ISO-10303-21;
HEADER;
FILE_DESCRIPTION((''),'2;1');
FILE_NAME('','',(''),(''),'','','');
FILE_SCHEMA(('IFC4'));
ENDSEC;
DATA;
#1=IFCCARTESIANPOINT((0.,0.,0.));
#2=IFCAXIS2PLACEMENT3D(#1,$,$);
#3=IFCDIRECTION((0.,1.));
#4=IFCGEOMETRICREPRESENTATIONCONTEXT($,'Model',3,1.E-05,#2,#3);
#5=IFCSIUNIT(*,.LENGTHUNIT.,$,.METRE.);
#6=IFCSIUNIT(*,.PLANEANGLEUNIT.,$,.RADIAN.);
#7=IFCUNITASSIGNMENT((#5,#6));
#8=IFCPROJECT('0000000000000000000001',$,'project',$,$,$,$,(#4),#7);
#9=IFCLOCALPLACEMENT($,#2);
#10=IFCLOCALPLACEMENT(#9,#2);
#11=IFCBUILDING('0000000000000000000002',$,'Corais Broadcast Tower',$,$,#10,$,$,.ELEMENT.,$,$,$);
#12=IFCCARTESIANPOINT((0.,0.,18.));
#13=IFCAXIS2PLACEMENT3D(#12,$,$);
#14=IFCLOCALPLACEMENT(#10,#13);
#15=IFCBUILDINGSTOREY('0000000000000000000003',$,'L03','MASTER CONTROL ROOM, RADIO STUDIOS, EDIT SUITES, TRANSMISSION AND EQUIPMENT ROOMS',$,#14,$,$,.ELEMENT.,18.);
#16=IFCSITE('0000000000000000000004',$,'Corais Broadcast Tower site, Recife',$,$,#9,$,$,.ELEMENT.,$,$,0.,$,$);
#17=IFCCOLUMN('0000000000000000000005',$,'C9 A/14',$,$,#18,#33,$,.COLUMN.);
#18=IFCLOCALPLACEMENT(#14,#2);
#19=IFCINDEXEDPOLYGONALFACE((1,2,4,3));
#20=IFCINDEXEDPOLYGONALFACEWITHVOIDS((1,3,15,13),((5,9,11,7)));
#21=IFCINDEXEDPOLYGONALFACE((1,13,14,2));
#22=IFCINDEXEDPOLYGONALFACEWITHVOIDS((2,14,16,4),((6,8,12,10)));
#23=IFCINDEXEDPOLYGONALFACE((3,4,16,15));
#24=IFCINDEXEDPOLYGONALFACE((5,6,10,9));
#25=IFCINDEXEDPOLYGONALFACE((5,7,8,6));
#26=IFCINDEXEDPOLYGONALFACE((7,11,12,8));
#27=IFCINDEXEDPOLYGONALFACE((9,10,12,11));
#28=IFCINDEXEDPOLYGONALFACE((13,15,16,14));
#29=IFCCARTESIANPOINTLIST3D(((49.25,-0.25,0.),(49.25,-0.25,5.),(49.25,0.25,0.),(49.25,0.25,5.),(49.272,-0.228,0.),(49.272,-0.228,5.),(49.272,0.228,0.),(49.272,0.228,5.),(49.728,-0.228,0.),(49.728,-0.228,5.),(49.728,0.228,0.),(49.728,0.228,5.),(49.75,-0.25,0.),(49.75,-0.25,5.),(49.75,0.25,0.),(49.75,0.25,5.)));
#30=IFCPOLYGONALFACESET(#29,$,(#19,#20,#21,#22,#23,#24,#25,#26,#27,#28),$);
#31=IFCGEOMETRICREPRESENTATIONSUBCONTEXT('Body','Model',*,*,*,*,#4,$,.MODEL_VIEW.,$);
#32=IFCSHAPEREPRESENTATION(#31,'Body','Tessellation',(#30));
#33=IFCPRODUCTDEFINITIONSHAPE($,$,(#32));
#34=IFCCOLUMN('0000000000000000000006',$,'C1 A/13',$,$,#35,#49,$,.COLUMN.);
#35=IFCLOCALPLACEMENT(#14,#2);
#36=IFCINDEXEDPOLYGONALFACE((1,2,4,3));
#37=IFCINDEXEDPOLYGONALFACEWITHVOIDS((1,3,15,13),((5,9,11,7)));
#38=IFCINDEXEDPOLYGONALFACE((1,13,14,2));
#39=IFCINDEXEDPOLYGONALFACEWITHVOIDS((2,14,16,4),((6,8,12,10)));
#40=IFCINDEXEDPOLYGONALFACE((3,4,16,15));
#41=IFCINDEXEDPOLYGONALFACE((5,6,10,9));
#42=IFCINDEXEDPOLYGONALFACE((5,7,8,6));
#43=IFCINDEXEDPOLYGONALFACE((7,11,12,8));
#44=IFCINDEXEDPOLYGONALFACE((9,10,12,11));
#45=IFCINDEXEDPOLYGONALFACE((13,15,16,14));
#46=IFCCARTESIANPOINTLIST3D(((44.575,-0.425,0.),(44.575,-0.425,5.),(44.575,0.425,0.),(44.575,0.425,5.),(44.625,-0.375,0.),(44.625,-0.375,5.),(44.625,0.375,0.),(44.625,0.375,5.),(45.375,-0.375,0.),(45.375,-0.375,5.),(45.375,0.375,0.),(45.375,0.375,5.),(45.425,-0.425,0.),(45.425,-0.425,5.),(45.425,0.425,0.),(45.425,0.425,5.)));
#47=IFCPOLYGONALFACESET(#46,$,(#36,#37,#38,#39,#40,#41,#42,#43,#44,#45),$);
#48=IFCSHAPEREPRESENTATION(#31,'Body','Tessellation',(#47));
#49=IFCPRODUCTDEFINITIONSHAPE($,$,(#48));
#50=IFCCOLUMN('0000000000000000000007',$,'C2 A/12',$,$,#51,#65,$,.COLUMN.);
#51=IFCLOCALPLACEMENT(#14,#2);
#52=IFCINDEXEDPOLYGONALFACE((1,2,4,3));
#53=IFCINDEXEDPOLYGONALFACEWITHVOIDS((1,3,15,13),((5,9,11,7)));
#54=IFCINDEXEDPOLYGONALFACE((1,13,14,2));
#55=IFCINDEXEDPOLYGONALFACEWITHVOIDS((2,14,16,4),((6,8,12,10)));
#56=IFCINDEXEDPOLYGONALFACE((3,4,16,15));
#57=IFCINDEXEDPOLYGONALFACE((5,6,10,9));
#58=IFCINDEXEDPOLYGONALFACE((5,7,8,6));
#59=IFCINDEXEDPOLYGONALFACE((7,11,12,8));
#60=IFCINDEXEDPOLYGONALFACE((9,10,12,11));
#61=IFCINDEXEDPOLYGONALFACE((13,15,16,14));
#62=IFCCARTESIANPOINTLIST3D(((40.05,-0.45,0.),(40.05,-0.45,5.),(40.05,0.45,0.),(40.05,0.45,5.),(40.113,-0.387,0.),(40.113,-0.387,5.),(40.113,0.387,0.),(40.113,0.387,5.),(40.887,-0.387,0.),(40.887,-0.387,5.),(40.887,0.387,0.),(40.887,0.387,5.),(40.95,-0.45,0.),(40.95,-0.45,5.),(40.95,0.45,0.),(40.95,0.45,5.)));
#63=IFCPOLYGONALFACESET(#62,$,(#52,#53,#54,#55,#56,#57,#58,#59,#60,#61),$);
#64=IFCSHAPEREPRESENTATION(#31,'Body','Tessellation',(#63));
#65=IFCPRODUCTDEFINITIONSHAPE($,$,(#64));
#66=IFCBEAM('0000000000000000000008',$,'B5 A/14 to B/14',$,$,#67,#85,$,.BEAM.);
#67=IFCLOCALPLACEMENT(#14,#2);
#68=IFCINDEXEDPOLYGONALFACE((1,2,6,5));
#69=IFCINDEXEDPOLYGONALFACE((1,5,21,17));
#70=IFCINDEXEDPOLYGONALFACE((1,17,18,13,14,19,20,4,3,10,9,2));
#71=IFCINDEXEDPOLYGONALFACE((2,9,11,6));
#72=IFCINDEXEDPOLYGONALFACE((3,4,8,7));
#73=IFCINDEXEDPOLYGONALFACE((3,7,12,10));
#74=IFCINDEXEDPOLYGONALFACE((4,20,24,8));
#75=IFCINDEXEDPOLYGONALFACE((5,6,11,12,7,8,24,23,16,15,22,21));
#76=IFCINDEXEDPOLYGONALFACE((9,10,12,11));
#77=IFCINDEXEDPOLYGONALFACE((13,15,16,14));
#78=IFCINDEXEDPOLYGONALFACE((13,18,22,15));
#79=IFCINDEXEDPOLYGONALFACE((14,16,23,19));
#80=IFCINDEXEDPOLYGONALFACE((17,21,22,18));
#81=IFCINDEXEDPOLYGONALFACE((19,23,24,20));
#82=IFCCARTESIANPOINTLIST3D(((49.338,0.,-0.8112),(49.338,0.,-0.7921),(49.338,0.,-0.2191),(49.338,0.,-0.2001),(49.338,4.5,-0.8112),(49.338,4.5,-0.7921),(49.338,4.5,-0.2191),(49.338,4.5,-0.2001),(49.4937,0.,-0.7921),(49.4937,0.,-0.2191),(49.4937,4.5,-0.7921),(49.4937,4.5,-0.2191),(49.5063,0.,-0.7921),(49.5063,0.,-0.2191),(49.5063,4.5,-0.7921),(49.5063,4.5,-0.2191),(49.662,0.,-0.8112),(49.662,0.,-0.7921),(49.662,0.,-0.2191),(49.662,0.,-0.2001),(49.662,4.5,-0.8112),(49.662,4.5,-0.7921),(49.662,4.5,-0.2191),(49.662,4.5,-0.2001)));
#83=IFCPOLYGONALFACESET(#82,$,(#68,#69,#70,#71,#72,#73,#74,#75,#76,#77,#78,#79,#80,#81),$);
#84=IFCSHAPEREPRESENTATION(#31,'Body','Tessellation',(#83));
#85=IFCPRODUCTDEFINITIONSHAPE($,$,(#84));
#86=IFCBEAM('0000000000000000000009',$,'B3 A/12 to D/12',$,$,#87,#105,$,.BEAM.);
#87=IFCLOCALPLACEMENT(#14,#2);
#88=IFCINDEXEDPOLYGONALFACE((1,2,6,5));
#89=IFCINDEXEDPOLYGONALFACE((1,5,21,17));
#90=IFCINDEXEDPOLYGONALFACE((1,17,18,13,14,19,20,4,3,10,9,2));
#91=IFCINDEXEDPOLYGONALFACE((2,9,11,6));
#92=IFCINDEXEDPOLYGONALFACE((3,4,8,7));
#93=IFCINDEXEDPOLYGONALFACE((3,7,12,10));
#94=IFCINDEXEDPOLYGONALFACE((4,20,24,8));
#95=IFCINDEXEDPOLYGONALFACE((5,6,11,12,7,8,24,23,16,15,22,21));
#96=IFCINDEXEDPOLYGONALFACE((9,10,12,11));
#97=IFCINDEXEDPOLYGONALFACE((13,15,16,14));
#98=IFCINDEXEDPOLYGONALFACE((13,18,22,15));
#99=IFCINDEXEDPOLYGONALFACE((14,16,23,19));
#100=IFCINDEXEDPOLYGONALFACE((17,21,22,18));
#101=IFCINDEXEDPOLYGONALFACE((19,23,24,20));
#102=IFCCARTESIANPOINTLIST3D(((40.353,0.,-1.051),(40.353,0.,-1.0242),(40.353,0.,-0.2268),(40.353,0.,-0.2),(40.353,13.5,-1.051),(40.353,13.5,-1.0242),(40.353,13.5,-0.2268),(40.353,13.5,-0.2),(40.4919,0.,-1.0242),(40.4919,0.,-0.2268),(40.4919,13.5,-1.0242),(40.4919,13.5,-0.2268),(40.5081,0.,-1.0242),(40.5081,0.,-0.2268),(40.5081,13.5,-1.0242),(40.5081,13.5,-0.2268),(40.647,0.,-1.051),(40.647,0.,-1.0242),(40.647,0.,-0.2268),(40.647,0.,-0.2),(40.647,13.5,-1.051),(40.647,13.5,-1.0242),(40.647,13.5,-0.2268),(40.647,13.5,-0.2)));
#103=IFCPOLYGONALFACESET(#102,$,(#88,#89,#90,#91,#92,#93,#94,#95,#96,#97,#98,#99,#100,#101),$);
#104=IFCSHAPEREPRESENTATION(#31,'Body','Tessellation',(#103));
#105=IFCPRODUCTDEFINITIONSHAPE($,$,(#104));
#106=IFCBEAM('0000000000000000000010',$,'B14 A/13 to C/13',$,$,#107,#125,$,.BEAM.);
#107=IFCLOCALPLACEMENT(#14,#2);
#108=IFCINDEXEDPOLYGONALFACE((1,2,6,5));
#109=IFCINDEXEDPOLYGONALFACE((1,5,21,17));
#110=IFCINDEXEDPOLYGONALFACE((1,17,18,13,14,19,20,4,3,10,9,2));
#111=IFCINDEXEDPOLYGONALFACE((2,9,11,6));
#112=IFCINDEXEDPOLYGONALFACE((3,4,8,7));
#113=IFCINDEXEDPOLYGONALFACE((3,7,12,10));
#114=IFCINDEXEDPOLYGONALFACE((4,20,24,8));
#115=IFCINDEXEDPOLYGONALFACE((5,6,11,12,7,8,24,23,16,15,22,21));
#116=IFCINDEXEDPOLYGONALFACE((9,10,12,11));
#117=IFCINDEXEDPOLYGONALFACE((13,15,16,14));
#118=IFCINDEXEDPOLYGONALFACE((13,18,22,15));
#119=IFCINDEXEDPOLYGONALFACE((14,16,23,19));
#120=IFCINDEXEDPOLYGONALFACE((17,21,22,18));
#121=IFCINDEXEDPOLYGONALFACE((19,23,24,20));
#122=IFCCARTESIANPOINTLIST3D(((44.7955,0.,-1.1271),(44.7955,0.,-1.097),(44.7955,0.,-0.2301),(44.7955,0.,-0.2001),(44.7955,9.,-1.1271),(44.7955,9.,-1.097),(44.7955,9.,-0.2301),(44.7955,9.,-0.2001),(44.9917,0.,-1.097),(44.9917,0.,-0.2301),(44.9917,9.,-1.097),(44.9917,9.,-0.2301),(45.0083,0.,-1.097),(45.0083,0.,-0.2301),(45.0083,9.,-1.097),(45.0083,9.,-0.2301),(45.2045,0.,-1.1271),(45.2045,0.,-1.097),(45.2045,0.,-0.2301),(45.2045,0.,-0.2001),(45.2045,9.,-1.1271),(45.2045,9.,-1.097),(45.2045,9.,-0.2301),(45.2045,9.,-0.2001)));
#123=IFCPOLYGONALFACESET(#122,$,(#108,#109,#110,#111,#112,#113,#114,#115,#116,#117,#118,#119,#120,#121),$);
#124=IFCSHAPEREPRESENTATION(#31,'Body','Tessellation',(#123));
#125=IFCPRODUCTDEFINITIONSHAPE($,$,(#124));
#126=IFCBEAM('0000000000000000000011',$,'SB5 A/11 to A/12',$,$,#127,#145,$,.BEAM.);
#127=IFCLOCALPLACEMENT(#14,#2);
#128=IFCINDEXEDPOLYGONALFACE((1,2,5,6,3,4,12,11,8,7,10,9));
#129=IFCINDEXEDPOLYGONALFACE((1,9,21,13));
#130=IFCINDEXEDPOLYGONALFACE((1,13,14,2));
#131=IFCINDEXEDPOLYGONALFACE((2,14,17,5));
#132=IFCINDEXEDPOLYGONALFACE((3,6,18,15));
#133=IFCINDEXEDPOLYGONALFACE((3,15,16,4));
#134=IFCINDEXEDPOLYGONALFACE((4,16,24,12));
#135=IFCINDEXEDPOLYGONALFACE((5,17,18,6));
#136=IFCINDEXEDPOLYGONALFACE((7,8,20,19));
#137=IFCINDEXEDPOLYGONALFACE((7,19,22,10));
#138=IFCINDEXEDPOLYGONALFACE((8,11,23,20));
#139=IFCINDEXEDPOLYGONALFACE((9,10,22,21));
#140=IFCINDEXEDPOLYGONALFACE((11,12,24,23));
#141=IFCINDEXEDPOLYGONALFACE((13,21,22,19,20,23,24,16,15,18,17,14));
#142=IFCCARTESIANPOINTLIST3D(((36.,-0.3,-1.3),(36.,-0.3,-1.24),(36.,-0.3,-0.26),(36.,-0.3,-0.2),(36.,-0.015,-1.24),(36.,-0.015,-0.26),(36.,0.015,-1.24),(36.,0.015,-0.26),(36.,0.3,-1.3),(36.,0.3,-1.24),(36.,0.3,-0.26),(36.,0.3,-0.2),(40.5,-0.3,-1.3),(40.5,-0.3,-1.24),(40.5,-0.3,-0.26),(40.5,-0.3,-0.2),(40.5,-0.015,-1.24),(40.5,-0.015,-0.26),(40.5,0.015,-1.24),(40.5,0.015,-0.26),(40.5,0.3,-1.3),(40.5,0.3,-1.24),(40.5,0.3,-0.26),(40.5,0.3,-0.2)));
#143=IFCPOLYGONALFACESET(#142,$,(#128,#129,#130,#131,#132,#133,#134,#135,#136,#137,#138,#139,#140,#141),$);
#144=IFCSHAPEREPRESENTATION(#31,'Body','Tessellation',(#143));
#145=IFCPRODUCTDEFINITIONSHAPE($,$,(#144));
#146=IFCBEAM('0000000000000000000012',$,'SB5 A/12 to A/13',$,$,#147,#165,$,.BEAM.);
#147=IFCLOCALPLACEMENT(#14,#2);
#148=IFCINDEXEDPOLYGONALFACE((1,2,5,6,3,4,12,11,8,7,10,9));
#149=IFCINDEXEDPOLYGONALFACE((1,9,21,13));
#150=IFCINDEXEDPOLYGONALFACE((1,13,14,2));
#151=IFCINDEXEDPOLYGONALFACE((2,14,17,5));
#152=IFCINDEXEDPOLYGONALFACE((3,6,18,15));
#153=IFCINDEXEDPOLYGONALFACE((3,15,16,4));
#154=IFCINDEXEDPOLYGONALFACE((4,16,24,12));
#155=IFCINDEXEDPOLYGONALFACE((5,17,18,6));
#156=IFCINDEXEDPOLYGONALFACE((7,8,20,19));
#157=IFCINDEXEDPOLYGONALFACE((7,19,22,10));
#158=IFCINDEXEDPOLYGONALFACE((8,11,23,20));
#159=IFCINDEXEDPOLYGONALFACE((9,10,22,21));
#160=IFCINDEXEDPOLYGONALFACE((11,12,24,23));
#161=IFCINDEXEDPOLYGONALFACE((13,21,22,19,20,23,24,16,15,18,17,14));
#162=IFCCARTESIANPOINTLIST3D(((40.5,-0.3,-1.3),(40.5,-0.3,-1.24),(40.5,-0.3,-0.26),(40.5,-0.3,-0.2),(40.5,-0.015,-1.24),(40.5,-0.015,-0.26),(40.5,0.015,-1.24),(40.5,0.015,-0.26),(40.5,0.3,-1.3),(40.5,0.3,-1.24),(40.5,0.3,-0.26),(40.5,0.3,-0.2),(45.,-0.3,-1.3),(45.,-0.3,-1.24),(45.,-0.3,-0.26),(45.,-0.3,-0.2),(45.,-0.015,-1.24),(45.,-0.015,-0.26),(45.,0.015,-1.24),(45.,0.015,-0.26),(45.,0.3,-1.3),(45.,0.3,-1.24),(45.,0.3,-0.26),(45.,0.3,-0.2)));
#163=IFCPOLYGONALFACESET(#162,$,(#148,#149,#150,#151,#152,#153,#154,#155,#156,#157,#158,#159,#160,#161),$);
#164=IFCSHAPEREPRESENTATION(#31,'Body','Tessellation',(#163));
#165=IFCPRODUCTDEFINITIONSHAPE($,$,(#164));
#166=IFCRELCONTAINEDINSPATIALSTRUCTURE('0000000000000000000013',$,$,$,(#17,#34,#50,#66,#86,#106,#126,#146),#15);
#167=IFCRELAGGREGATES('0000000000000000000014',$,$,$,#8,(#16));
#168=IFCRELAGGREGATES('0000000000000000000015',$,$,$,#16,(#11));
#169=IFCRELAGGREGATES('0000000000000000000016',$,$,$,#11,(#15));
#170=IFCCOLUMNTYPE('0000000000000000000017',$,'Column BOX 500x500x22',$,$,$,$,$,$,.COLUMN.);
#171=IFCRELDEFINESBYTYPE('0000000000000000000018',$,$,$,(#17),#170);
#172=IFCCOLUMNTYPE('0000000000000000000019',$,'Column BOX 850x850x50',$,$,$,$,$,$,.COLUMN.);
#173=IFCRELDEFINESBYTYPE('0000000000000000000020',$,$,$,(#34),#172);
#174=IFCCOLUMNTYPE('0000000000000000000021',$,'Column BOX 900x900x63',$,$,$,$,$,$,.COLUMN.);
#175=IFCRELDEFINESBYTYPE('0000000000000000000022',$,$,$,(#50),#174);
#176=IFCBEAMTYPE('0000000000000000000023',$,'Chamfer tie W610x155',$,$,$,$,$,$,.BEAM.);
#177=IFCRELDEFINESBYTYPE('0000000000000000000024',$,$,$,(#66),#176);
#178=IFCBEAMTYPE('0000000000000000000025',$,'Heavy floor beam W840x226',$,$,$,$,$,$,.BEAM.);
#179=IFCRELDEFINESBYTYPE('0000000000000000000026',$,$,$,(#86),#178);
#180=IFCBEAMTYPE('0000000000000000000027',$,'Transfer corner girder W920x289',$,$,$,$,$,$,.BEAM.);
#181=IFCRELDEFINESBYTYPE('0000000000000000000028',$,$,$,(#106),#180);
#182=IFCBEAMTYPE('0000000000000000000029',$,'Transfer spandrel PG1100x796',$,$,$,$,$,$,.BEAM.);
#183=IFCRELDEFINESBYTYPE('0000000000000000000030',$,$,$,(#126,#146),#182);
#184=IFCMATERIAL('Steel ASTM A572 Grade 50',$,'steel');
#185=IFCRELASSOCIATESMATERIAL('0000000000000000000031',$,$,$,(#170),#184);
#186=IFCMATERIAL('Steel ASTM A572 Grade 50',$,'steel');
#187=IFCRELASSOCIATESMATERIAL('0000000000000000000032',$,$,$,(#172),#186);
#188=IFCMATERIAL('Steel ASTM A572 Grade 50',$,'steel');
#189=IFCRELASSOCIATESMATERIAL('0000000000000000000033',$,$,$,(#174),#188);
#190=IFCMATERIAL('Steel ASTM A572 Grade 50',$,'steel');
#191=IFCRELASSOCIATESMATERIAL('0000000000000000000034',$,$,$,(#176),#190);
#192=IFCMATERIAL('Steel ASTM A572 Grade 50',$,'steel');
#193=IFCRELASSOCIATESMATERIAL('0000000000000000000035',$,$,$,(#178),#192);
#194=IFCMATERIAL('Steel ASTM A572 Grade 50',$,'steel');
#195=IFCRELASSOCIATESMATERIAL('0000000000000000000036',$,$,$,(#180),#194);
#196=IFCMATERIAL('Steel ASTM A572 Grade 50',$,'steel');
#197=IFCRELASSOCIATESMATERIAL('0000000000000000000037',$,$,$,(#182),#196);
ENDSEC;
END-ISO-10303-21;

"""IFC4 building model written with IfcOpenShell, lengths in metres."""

from ifc_helpers import new_model, si_unit, direction, frame, origin, origin_2d, place, context, subcontext, project, spatial, hollow_rectangle, i_section, extrude, material, material_profile, profile_set, type_object, element, save


model = new_model("IFC4")

# Units and contexts
model_context = context("Model", 3, precision=1e-05, world=origin(), true_north=direction((0.0, 1.0)))
body_context = subcontext(model_context, "Body", "Model", "MODEL_VIEW")
ifc_project = project(units=[si_unit("LENGTHUNIT", "METRE"), si_unit("PLANEANGLEUNIT", "RADIAN")], contexts=[model_context])

# Site, building, storey
site_placement = place(None, origin())
site = spatial("IfcSite", under=ifc_project, at=site_placement, Name="Corais Broadcast Tower site, Recife", CompositionType="ELEMENT", RefElevation=0.0)
building_placement = place(site_placement, origin())
building = spatial("IfcBuilding", under=site, at=building_placement, Name="Corais Broadcast Tower", CompositionType="ELEMENT")
storey_placement = place(building_placement, frame((0.0, 0.0, 18.0)))
storey = spatial("IfcBuildingStorey", under=building, at=storey_placement, Name="L03", Description="MASTER CONTROL ROOM, RADIO STUDIOS, EDIT SUITES, TRANSMISSION AND EQUIPMENT ROOMS", CompositionType="ELEMENT", Elevation=18.0)

# Columns
ifc_material_1 = material(Name="Steel ASTM A572 Grade 50", Category="steel")
ifc_material_profile_1 = material_profile(ifc_material_1, hollow_rectangle(XDim=0.5, YDim=0.5, WallThickness=0.022, at=origin_2d()), Name="BOX 500x500x22")
ifc_profile_set_1 = profile_set([ifc_material_profile_1], Name="Steel ASTM A572 Grade 50")
column_type_1 = type_object("IfcColumnType", Name="Column BOX 500x500x22", PredefinedType="COLUMN", material=ifc_profile_set_1)
column_1_placement = place(storey_placement, frame((49.5, 0.0, 0.0), z_axis=(0.0, 0.0, 1.0), x_axis=(1.0, 0.0, 0.0)))
element("IfcColumn", 1, at=column_1_placement, inside=storey, type_object=column_type_1, Name="C9 A/14", PredefinedType="COLUMN", context=body_context, shape_type="SweptSolid", body=[
    extrude(hollow_rectangle(XDim=0.5, YDim=0.5, WallThickness=0.022, at=origin_2d()), origin(), (0.0, 0.0, 1.0), 5.0),
])
ifc_material_2 = material(Name="Steel ASTM A572 Grade 50", Category="steel")
ifc_material_profile_2 = material_profile(ifc_material_2, hollow_rectangle(XDim=0.8501, YDim=0.8501, WallThickness=0.05, at=origin_2d()), Name="BOX 850x850x50")
ifc_profile_set_2 = profile_set([ifc_material_profile_2], Name="Steel ASTM A572 Grade 50")
column_type_2 = type_object("IfcColumnType", Name="Column BOX 850x850x50", PredefinedType="COLUMN", material=ifc_profile_set_2)
column_2_placement = place(storey_placement, frame((45.0, 0.0, 0.0), z_axis=(0.0, 0.0, 1.0), x_axis=(1.0, 0.0, 0.0)))
element("IfcColumn", 2, at=column_2_placement, inside=storey, type_object=column_type_2, Name="C1 A/13", PredefinedType="COLUMN", context=body_context, shape_type="SweptSolid", body=[
    extrude(hollow_rectangle(XDim=0.8501, YDim=0.8501, WallThickness=0.05, at=origin_2d()), origin(), (0.0, 0.0, 1.0), 5.0),
])
ifc_material_3 = material(Name="Steel ASTM A572 Grade 50", Category="steel")
ifc_material_profile_3 = material_profile(ifc_material_3, hollow_rectangle(XDim=0.8999, YDim=0.8999, WallThickness=0.063, at=origin_2d()), Name="BOX 900x900x63")
ifc_profile_set_3 = profile_set([ifc_material_profile_3], Name="Steel ASTM A572 Grade 50")
column_type_3 = type_object("IfcColumnType", Name="Column BOX 900x900x63", PredefinedType="COLUMN", material=ifc_profile_set_3)
column_3_placement = place(storey_placement, frame((40.5, 0.0, 0.0), z_axis=(0.0, 0.0, 1.0), x_axis=(1.0, 0.0, 0.0)))
element("IfcColumn", 3, at=column_3_placement, inside=storey, type_object=column_type_3, Name="C2 A/12", PredefinedType="COLUMN", context=body_context, shape_type="SweptSolid", body=[
    extrude(hollow_rectangle(XDim=0.8999, YDim=0.8999, WallThickness=0.063, at=origin_2d()), origin(), (0.0, 0.0, 1.0), 5.0),
])

# Beams
ifc_material_4 = material(Name="Steel ASTM A572 Grade 50", Category="steel")
ifc_material_profile_4 = material_profile(ifc_material_4, i_section(OverallWidth=0.324, OverallDepth=0.6111, WebThickness=0.0127, FlangeThickness=0.019, at=origin_2d()), Name="W610x155")
ifc_profile_set_4 = profile_set([ifc_material_profile_4], Name="Steel ASTM A572 Grade 50")
beam_type_1 = type_object("IfcBeamType", Name="Chamfer tie W610x155", PredefinedType="BEAM", material=ifc_profile_set_4)
beam_1_placement = place(storey_placement, frame((49.5, 0.0, -0.5056), z_axis=(0.0, 1.0, 0.0), x_axis=(-1.0, 0.0, 0.0)))
element("IfcBeam", 4, at=beam_1_placement, inside=storey, type_object=beam_type_1, Name="B5 A/14 to B/14", PredefinedType="BEAM", context=body_context, shape_type="SweptSolid", body=[
    extrude(i_section(OverallWidth=0.324, OverallDepth=0.6111, WebThickness=0.0127, FlangeThickness=0.019, at=origin_2d()), origin(), (0.0, 0.0, 1.0), 4.5),
])
ifc_material_5 = material(Name="Steel ASTM A572 Grade 50", Category="steel")
ifc_material_profile_5 = material_profile(ifc_material_5, i_section(OverallWidth=0.2939, OverallDepth=0.8511, WebThickness=0.0161, FlangeThickness=0.0269, at=origin_2d()), Name="W840x226")
ifc_profile_set_5 = profile_set([ifc_material_profile_5], Name="Steel ASTM A572 Grade 50")
beam_type_2 = type_object("IfcBeamType", Name="Heavy floor beam W840x226", PredefinedType="BEAM", material=ifc_profile_set_5)
beam_2_placement = place(storey_placement, frame((40.5, 0.0, -0.6255), z_axis=(0.0, 1.0, 0.0), x_axis=(-1.0, 0.0, 0.0)))
element("IfcBeam", 5, at=beam_2_placement, inside=storey, type_object=beam_type_2, Name="B3 A/12 to D/12", PredefinedType="BEAM", context=body_context, shape_type="SweptSolid", body=[
    extrude(i_section(OverallWidth=0.2939, OverallDepth=0.8511, WebThickness=0.0161, FlangeThickness=0.0269, at=origin_2d()), origin(), (0.0, 0.0, 1.0), 13.5),
])
ifc_material_6 = material(Name="Steel ASTM A572 Grade 50", Category="steel")
ifc_material_profile_6 = material_profile(ifc_material_6, i_section(OverallWidth=0.4089, OverallDepth=0.927, WebThickness=0.0166, FlangeThickness=0.03, at=origin_2d()), Name="W920x289")
ifc_profile_set_6 = profile_set([ifc_material_profile_6], Name="Steel ASTM A572 Grade 50")
beam_type_3 = type_object("IfcBeamType", Name="Transfer corner girder W920x289", PredefinedType="BEAM", material=ifc_profile_set_6)
beam_3_placement = place(storey_placement, frame((45.0, 0.0, -0.6636), z_axis=(0.0, 1.0, 0.0), x_axis=(-1.0, 0.0, 0.0)))
element("IfcBeam", 6, at=beam_3_placement, inside=storey, type_object=beam_type_3, Name="B14 A/13 to C/13", PredefinedType="BEAM", context=body_context, shape_type="SweptSolid", body=[
    extrude(i_section(OverallWidth=0.4089, OverallDepth=0.927, WebThickness=0.0166, FlangeThickness=0.03, at=origin_2d()), origin(), (0.0, 0.0, 1.0), 9.0),
])
ifc_material_7 = material(Name="Steel ASTM A572 Grade 50", Category="steel")
ifc_material_profile_7 = material_profile(ifc_material_7, i_section(OverallWidth=0.6001, OverallDepth=1.1001, WebThickness=0.03, FlangeThickness=0.0601, at=origin_2d()), Name="PG1100x796")
ifc_profile_set_7 = profile_set([ifc_material_profile_7], Name="Steel ASTM A572 Grade 50")
beam_type_4 = type_object("IfcBeamType", Name="Transfer spandrel PG1100x796", PredefinedType="BEAM", material=ifc_profile_set_7)
for number, where, z_axis, x_axis, name in (
    (7, (36.0, 0.0, -0.75), (1.0, 0.0, 0.0), (0.0, 1.0, 0.0), "SB5 A/11 to A/12"),
    (8, (40.5, 0.0, -0.75), (1.0, 0.0, 0.0), (0.0, 1.0, 0.0), "SB5 A/12 to A/13"),
):
    element("IfcBeam", number, at=place(storey_placement, frame(where, z_axis=z_axis, x_axis=x_axis)), inside=storey, type_object=beam_type_4, Name=name, PredefinedType="BEAM", context=body_context, shape_type="SweptSolid", body=[
        extrude(i_section(OverallWidth=0.6001, OverallDepth=1.1001, WebThickness=0.03, FlangeThickness=0.0601, at=origin_2d()), origin(), (0.0, 0.0, 1.0), 4.5),
    ])

save(model, "model.ifc")
